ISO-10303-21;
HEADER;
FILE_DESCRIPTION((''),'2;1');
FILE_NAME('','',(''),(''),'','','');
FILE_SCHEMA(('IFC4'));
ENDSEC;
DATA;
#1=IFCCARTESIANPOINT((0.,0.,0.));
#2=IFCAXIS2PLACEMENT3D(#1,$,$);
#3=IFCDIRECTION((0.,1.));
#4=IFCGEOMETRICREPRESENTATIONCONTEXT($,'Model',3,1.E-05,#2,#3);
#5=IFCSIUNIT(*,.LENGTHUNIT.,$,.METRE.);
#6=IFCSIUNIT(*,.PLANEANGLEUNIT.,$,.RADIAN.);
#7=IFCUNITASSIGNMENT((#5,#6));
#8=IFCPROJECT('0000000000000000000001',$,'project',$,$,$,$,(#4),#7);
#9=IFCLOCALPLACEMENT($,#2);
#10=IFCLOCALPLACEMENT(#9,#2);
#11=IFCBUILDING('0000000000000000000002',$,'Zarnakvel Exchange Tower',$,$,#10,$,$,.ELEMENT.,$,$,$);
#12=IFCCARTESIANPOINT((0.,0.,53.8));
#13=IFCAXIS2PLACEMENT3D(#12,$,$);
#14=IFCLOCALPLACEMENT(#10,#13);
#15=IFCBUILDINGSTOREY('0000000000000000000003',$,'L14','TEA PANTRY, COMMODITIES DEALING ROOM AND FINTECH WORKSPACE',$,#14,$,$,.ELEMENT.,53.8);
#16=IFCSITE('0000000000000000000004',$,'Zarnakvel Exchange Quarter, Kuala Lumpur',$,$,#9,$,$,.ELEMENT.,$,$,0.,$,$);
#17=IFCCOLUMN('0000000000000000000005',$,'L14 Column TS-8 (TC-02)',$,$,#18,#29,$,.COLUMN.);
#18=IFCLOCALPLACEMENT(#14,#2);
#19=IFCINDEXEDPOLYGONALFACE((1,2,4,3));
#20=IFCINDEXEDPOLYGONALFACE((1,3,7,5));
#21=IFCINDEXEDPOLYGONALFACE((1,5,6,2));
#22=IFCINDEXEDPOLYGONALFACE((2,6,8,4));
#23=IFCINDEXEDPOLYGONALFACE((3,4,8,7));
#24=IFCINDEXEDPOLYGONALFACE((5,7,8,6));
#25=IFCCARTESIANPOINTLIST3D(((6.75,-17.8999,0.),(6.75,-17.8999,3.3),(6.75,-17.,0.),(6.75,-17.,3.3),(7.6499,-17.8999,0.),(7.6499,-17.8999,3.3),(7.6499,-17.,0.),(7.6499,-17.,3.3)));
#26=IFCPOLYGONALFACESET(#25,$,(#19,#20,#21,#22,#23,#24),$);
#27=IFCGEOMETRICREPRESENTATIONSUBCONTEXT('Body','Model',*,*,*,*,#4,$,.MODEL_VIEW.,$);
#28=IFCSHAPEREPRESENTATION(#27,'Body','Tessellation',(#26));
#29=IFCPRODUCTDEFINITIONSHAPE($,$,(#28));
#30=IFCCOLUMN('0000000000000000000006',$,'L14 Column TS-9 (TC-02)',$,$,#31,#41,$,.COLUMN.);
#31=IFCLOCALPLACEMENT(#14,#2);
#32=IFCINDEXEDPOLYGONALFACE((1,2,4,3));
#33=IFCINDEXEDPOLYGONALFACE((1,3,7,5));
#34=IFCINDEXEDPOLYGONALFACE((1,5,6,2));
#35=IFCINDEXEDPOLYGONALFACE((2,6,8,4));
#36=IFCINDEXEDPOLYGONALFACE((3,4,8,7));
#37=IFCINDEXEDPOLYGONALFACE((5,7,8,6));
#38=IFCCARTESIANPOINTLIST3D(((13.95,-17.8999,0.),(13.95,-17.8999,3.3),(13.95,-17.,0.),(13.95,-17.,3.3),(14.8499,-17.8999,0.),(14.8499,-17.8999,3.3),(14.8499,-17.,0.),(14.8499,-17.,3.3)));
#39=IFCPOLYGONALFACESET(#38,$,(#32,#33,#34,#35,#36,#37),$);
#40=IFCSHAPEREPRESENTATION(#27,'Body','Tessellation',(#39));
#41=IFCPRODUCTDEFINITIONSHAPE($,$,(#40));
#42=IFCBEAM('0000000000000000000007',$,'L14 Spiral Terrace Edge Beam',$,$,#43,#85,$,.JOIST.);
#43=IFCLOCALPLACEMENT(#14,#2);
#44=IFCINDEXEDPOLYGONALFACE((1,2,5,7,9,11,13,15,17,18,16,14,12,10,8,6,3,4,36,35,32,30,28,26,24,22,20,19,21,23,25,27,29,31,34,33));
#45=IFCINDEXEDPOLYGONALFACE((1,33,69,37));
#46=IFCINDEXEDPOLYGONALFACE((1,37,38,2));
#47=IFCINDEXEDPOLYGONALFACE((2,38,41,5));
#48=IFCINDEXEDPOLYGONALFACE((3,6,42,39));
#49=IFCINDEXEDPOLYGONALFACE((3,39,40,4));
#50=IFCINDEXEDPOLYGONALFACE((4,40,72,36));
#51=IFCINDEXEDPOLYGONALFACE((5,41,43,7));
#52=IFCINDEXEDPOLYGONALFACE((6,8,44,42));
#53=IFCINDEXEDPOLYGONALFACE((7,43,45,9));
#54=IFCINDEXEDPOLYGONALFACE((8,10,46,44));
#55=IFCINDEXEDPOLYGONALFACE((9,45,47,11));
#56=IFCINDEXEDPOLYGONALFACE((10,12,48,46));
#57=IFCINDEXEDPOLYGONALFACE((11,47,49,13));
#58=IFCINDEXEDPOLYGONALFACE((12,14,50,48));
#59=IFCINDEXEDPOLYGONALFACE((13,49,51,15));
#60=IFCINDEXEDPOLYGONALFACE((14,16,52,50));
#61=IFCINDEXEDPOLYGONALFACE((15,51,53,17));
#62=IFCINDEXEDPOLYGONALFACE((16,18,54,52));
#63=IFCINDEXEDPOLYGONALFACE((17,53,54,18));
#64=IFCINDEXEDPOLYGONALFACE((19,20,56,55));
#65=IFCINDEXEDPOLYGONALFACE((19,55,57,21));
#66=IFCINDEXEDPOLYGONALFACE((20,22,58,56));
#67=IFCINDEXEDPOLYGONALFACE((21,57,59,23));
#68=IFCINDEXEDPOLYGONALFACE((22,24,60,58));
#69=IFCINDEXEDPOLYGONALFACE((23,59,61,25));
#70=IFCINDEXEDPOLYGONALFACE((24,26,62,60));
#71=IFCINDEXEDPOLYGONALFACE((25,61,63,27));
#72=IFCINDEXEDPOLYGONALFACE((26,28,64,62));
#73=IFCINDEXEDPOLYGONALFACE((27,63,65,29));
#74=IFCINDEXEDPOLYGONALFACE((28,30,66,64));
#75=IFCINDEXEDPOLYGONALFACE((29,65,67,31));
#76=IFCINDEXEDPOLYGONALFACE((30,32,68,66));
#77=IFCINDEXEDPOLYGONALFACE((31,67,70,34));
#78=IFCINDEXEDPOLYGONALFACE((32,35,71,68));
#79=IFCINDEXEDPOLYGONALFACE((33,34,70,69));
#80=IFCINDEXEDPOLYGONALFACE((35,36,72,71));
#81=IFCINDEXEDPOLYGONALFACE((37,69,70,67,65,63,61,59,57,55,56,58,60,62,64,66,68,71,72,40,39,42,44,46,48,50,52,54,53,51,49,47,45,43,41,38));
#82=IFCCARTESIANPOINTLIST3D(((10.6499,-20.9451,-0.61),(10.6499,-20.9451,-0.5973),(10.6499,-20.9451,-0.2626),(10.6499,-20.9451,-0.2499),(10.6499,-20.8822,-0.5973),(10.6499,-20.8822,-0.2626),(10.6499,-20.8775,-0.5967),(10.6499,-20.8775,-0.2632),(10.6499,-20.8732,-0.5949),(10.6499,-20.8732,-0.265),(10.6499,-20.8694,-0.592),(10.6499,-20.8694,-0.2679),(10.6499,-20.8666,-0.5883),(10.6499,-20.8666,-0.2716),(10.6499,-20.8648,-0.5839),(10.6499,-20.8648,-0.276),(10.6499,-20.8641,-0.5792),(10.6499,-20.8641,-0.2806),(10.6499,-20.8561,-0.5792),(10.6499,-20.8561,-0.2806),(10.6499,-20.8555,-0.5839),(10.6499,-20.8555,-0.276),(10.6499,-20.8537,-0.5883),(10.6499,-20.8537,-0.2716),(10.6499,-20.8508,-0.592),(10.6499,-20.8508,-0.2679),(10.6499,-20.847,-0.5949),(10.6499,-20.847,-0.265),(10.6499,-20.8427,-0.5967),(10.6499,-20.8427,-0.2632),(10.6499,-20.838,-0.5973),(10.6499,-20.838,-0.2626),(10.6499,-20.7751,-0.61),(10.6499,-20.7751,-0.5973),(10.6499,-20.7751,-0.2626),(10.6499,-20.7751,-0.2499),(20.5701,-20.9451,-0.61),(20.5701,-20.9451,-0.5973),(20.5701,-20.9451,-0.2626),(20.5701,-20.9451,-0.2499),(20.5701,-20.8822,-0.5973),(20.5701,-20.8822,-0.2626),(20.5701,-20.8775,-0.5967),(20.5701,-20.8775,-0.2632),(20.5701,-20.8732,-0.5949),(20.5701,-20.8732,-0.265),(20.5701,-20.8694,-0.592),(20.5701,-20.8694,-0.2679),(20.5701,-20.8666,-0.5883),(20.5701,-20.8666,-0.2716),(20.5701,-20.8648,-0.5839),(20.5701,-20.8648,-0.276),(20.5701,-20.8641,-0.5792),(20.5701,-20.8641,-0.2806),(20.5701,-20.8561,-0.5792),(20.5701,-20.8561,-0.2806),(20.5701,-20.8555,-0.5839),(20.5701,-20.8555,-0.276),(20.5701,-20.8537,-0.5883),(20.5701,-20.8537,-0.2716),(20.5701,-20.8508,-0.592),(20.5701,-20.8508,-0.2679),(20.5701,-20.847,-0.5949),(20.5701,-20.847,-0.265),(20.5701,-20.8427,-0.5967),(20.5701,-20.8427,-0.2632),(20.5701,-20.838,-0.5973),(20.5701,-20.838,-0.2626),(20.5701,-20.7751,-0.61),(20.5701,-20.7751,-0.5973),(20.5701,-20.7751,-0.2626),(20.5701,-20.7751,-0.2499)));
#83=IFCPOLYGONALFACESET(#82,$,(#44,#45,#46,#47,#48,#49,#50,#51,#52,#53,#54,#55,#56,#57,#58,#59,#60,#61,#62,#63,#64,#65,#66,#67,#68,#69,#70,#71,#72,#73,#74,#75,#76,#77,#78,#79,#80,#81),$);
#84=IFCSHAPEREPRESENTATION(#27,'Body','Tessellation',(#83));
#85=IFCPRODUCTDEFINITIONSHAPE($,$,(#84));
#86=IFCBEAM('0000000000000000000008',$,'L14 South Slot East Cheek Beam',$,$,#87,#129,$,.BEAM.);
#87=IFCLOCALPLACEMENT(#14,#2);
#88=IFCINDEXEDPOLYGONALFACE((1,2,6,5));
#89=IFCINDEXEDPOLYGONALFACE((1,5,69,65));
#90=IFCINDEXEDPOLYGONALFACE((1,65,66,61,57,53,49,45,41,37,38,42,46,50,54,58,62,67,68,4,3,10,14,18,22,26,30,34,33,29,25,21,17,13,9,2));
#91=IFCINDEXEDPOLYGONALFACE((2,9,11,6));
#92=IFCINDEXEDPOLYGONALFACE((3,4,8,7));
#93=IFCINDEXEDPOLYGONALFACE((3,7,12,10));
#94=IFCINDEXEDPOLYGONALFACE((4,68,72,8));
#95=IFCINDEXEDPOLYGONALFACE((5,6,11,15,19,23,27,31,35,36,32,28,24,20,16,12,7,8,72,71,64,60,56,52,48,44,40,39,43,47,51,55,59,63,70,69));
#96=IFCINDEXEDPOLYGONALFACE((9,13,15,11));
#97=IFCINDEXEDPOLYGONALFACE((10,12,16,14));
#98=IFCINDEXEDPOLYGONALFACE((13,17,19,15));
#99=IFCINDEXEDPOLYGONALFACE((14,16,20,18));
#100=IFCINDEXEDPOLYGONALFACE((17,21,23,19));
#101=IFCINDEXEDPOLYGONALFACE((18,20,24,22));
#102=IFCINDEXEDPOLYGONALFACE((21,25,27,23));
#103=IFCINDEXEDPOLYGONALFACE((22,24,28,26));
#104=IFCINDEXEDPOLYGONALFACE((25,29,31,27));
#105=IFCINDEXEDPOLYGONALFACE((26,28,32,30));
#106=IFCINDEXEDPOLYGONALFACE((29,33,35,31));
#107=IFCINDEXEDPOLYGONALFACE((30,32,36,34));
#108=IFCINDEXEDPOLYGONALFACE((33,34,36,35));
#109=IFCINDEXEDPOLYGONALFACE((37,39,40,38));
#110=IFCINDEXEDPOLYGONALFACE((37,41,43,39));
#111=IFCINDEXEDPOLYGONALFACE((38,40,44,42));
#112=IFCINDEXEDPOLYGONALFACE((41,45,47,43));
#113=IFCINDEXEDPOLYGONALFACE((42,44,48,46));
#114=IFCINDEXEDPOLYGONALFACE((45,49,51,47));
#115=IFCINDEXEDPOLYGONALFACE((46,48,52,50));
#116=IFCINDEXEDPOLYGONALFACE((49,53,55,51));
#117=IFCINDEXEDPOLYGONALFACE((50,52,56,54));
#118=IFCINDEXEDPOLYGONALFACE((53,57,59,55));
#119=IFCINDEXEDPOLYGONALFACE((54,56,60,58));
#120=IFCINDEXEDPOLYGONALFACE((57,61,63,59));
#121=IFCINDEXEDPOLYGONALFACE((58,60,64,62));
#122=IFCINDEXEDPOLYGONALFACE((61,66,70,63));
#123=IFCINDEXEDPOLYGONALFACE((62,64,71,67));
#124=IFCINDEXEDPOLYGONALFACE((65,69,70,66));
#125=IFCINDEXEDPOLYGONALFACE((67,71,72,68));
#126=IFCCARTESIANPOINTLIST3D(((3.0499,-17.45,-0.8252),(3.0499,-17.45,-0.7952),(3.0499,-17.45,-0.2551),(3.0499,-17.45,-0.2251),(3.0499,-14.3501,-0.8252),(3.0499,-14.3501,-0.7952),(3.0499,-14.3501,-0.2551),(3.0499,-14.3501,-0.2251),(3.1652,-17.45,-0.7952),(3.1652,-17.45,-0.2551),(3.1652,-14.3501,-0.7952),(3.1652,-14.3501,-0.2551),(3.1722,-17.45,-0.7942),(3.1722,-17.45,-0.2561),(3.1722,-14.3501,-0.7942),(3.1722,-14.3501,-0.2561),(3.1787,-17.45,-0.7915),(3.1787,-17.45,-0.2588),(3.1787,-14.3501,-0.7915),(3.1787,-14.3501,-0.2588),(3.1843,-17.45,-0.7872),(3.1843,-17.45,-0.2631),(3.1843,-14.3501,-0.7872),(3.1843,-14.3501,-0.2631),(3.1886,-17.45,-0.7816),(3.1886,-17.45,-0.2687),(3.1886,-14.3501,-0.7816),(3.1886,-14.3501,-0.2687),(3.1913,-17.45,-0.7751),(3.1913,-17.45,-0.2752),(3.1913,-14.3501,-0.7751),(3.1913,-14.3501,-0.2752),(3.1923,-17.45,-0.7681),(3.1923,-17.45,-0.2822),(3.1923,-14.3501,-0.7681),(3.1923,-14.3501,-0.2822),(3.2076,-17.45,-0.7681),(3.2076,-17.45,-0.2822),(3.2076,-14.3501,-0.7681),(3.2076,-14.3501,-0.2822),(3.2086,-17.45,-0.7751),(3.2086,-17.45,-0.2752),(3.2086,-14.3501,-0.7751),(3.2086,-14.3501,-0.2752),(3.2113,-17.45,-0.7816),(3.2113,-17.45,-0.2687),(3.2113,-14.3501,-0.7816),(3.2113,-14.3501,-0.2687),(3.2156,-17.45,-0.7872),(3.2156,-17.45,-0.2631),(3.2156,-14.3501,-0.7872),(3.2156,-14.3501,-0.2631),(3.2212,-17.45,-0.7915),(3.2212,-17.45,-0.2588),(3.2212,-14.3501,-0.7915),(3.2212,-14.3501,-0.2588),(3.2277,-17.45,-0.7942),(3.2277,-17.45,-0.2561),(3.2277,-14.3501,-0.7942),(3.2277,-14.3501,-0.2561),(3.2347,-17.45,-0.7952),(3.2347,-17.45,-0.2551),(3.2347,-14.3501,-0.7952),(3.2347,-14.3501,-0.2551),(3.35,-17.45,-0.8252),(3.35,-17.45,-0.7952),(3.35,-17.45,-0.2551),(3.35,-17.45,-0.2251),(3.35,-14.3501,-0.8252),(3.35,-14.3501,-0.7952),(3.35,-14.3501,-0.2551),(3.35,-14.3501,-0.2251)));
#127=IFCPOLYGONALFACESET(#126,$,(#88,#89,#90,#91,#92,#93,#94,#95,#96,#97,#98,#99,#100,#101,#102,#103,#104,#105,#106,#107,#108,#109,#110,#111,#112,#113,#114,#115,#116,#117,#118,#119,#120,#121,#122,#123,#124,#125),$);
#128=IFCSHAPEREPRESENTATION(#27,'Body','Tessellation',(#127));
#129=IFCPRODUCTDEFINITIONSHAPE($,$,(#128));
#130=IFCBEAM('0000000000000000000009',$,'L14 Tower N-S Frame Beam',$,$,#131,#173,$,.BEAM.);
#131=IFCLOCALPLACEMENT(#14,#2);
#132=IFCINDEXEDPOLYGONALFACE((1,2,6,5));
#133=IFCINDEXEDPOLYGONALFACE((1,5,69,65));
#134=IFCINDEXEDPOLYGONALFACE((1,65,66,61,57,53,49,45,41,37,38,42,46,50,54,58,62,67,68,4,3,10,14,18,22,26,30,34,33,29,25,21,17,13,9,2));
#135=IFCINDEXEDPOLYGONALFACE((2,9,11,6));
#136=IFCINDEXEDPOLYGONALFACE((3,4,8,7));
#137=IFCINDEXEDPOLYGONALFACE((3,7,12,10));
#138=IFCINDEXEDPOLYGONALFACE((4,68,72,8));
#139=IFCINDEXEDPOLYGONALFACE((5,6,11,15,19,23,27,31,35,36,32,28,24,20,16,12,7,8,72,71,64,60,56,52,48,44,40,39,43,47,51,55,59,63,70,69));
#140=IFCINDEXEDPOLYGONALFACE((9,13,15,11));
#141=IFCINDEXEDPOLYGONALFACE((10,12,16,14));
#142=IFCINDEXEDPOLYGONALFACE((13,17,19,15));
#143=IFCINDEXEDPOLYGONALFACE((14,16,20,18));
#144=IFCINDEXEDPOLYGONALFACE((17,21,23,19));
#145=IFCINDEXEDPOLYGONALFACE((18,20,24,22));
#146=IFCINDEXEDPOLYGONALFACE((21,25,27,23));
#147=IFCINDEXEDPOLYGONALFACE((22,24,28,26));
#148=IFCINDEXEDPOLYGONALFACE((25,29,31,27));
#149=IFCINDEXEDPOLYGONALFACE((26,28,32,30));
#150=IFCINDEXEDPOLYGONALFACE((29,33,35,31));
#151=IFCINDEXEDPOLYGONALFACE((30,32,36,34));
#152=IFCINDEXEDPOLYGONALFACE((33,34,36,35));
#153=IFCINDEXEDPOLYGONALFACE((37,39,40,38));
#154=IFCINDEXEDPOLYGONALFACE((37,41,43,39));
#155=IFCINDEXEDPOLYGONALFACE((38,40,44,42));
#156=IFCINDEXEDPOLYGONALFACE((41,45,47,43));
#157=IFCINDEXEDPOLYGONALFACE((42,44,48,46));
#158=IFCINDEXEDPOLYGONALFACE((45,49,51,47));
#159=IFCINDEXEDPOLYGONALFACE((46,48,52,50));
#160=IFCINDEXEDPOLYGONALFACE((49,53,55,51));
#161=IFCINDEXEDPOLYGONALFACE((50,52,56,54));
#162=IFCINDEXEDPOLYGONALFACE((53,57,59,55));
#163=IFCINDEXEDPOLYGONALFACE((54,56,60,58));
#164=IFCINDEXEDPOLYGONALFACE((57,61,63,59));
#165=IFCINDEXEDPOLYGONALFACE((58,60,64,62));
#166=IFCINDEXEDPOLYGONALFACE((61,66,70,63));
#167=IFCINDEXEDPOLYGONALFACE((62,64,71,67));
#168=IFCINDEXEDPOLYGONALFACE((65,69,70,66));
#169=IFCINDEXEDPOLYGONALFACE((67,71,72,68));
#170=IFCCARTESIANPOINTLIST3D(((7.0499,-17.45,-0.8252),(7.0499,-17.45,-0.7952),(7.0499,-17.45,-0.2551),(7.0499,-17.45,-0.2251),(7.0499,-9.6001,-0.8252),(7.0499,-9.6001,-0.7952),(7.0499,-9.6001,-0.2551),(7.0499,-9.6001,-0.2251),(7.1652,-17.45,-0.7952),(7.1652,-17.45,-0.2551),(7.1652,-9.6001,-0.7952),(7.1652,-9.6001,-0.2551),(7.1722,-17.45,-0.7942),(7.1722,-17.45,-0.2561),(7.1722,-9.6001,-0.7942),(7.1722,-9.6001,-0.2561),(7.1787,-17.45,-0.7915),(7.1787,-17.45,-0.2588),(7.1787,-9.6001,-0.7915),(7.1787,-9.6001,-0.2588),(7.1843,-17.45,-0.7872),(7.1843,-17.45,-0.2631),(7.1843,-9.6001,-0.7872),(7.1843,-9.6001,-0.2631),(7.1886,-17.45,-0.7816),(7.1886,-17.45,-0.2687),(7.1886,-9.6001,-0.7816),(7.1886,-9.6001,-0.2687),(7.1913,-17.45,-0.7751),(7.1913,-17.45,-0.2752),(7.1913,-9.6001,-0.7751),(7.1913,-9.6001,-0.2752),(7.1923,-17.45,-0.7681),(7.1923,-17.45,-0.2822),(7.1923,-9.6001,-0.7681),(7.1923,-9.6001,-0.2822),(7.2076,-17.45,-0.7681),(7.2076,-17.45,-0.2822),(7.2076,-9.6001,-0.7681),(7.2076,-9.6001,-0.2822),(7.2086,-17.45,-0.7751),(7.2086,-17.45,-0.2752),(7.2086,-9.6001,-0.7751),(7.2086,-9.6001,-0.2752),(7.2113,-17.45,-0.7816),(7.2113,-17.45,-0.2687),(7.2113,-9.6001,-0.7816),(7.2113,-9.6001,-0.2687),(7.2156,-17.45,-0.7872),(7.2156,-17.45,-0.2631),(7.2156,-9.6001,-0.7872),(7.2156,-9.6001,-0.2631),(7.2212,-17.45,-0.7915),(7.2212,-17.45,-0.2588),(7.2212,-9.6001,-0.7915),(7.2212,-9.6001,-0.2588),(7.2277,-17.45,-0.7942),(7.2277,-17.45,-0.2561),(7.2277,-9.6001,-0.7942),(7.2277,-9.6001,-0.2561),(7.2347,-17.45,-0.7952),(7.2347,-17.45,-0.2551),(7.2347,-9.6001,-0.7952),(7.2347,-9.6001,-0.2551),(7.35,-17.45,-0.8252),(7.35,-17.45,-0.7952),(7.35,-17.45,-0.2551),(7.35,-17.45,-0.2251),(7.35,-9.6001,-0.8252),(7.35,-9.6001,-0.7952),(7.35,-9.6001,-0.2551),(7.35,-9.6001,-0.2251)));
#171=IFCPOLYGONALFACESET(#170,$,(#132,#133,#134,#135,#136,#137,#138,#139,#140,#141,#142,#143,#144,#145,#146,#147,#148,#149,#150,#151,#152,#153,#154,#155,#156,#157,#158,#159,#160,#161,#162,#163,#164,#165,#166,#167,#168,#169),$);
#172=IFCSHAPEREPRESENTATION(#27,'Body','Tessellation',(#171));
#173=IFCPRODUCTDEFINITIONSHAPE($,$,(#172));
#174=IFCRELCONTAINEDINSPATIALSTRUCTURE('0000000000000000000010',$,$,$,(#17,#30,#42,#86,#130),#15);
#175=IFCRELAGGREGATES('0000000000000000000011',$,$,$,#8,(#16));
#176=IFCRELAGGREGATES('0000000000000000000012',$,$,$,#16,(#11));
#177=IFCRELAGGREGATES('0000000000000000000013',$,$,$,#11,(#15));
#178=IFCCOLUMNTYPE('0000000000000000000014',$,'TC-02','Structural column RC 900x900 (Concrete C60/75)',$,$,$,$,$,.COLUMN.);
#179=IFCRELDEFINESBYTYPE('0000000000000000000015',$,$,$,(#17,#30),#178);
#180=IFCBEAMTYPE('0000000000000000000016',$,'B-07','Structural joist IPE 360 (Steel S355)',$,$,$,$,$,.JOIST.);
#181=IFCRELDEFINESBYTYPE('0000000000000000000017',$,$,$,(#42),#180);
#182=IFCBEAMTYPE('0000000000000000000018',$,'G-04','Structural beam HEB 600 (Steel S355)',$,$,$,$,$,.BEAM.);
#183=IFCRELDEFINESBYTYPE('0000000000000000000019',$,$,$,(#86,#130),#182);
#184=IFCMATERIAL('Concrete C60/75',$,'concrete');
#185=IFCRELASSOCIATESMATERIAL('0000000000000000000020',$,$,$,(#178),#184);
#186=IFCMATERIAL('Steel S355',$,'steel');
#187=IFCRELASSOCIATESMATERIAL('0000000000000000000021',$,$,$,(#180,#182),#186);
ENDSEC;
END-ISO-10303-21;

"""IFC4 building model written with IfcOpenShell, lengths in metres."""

from ifc_helpers import new_model, si_unit, direction, frame, origin, origin_2d, place, context, subcontext, project, spatial, rectangle, i_section, extrude, material, material_profile, profile_set, type_object, element, save


model = new_model("IFC4")

# Units and contexts
model_context = context("Model", 3, precision=1e-05, world=origin(), true_north=direction((0.0, 1.0)))
body_context = subcontext(model_context, "Body", "Model", "MODEL_VIEW")
ifc_project = project(units=[si_unit("LENGTHUNIT", "METRE"), si_unit("PLANEANGLEUNIT", "RADIAN")], contexts=[model_context])

# Site, building, storey
site_placement = place(None, origin())
site = spatial("IfcSite", under=ifc_project, at=site_placement, Name="Zarnakvel Exchange Quarter, Kuala Lumpur", CompositionType="ELEMENT", RefElevation=0.0)
building_placement = place(site_placement, origin())
building = spatial("IfcBuilding", under=site, at=building_placement, Name="Zarnakvel Exchange Tower", CompositionType="ELEMENT")
storey_placement = place(building_placement, frame((0.0, 0.0, 53.8)))
storey = spatial("IfcBuildingStorey", under=building, at=storey_placement, Name="L14", Description="TEA PANTRY, COMMODITIES DEALING ROOM AND FINTECH WORKSPACE", CompositionType="ELEMENT", Elevation=53.8)

# Columns
ifc_material_1 = material(Name="Concrete C60/75", Category="concrete")
ifc_material_profile_1 = material_profile(ifc_material_1, rectangle(XDim=0.8999, YDim=0.8999, at=origin_2d()))
ifc_profile_set_1 = profile_set([ifc_material_profile_1], Name="Concrete C60/75")
column_type = type_object("IfcColumnType", Name="TC-02", Description="Structural column RC 900x900 (Concrete C60/75)", PredefinedType="COLUMN", material=ifc_profile_set_1)
for number, where, z_axis, x_axis, name in (
    (1, (7.2, -17.45, 0.0), (0.0, 0.0, 1.0), (1.0, 0.0, 0.0), "L14 Column TS-8 (TC-02)"),
    (2, (14.3999, -17.45, 0.0), (0.0, 0.0, 1.0), (1.0, 0.0, 0.0), "L14 Column TS-9 (TC-02)"),
):
    element("IfcColumn", number, at=place(storey_placement, frame(where, z_axis=z_axis, x_axis=x_axis)), inside=storey, type_object=column_type, Name=name, PredefinedType="COLUMN", context=body_context, shape_type="SweptSolid", body=[
        extrude(rectangle(XDim=0.8999, YDim=0.8999, at=origin_2d()), origin(), (0.0, 0.0, 1.0), 3.3),
    ])

# Beams
ifc_material_2 = material(Name="Steel S355", Category="steel")
ifc_material_profile_2 = material_profile(ifc_material_2, i_section(OverallWidth=0.1699, OverallDepth=0.3601, WebThickness=0.0081, FlangeThickness=0.0127, FilletRadius=0.0181, at=origin_2d()))
ifc_profile_set_2 = profile_set([ifc_material_profile_2], Name="Steel S355")
beam_type_1 = type_object("IfcBeamType", Name="B-07", Description="Structural joist IPE 360 (Steel S355)", PredefinedType="JOIST", material=ifc_profile_set_2)
beam_1_placement = place(storey_placement, frame((10.6499, -20.8601, -0.4299), z_axis=(1.0, 0.0, 0.0), x_axis=(0.0, 1.0, 0.0)))
element("IfcBeam", 3, at=beam_1_placement, inside=storey, type_object=beam_type_1, Name="L14 Spiral Terrace Edge Beam", PredefinedType="JOIST", context=body_context, shape_type="SweptSolid", body=[
    extrude(i_section(OverallWidth=0.1699, OverallDepth=0.3601, WebThickness=0.0081, FlangeThickness=0.0127, FilletRadius=0.0181, at=origin_2d()), origin(), (0.0, 0.0, 1.0), 9.9202),
])
ifc_material_profile_3 = material_profile(ifc_material_2, i_section(OverallWidth=0.3, OverallDepth=0.6001, WebThickness=0.0154, FlangeThickness=0.03, FilletRadius=0.0271, at=origin_2d()))
ifc_profile_set_3 = profile_set([ifc_material_profile_3], Name="Steel S355")
beam_type_2 = type_object("IfcBeamType", Name="G-04", Description="Structural beam HEB 600 (Steel S355)", PredefinedType="BEAM", material=ifc_profile_set_3)
beam_2_placement = place(storey_placement, frame((3.2, -17.45, -0.5251), z_axis=(0.0, 1.0, 0.0), x_axis=(-1.0, 0.0, 0.0)))
element("IfcBeam", 4, at=beam_2_placement, inside=storey, type_object=beam_type_2, Name="L14 South Slot East Cheek Beam", PredefinedType="BEAM", context=body_context, shape_type="SweptSolid", body=[
    extrude(i_section(OverallWidth=0.3, OverallDepth=0.6001, WebThickness=0.0154, FlangeThickness=0.03, FilletRadius=0.0271, at=origin_2d()), origin(), (0.0, 0.0, 1.0), 3.0999),
])
for number, where, z_axis, x_axis, name in (
    (5, (7.2, -17.45, -0.5251), (0.0, 1.0, 0.0), (-1.0, 0.0, 0.0), "L14 Tower N-S Frame Beam"),
):
    element("IfcBeam", number, at=place(storey_placement, frame(where, z_axis=z_axis, x_axis=x_axis)), inside=storey, type_object=beam_type_2, Name=name, PredefinedType="BEAM", context=body_context, shape_type="SweptSolid", body=[
        extrude(i_section(OverallWidth=0.3, OverallDepth=0.6001, WebThickness=0.0154, FlangeThickness=0.03, FilletRadius=0.0271, at=origin_2d()), origin(), (0.0, 0.0, 1.0), 7.8499),
    ])

save(model, "model.ifc")
